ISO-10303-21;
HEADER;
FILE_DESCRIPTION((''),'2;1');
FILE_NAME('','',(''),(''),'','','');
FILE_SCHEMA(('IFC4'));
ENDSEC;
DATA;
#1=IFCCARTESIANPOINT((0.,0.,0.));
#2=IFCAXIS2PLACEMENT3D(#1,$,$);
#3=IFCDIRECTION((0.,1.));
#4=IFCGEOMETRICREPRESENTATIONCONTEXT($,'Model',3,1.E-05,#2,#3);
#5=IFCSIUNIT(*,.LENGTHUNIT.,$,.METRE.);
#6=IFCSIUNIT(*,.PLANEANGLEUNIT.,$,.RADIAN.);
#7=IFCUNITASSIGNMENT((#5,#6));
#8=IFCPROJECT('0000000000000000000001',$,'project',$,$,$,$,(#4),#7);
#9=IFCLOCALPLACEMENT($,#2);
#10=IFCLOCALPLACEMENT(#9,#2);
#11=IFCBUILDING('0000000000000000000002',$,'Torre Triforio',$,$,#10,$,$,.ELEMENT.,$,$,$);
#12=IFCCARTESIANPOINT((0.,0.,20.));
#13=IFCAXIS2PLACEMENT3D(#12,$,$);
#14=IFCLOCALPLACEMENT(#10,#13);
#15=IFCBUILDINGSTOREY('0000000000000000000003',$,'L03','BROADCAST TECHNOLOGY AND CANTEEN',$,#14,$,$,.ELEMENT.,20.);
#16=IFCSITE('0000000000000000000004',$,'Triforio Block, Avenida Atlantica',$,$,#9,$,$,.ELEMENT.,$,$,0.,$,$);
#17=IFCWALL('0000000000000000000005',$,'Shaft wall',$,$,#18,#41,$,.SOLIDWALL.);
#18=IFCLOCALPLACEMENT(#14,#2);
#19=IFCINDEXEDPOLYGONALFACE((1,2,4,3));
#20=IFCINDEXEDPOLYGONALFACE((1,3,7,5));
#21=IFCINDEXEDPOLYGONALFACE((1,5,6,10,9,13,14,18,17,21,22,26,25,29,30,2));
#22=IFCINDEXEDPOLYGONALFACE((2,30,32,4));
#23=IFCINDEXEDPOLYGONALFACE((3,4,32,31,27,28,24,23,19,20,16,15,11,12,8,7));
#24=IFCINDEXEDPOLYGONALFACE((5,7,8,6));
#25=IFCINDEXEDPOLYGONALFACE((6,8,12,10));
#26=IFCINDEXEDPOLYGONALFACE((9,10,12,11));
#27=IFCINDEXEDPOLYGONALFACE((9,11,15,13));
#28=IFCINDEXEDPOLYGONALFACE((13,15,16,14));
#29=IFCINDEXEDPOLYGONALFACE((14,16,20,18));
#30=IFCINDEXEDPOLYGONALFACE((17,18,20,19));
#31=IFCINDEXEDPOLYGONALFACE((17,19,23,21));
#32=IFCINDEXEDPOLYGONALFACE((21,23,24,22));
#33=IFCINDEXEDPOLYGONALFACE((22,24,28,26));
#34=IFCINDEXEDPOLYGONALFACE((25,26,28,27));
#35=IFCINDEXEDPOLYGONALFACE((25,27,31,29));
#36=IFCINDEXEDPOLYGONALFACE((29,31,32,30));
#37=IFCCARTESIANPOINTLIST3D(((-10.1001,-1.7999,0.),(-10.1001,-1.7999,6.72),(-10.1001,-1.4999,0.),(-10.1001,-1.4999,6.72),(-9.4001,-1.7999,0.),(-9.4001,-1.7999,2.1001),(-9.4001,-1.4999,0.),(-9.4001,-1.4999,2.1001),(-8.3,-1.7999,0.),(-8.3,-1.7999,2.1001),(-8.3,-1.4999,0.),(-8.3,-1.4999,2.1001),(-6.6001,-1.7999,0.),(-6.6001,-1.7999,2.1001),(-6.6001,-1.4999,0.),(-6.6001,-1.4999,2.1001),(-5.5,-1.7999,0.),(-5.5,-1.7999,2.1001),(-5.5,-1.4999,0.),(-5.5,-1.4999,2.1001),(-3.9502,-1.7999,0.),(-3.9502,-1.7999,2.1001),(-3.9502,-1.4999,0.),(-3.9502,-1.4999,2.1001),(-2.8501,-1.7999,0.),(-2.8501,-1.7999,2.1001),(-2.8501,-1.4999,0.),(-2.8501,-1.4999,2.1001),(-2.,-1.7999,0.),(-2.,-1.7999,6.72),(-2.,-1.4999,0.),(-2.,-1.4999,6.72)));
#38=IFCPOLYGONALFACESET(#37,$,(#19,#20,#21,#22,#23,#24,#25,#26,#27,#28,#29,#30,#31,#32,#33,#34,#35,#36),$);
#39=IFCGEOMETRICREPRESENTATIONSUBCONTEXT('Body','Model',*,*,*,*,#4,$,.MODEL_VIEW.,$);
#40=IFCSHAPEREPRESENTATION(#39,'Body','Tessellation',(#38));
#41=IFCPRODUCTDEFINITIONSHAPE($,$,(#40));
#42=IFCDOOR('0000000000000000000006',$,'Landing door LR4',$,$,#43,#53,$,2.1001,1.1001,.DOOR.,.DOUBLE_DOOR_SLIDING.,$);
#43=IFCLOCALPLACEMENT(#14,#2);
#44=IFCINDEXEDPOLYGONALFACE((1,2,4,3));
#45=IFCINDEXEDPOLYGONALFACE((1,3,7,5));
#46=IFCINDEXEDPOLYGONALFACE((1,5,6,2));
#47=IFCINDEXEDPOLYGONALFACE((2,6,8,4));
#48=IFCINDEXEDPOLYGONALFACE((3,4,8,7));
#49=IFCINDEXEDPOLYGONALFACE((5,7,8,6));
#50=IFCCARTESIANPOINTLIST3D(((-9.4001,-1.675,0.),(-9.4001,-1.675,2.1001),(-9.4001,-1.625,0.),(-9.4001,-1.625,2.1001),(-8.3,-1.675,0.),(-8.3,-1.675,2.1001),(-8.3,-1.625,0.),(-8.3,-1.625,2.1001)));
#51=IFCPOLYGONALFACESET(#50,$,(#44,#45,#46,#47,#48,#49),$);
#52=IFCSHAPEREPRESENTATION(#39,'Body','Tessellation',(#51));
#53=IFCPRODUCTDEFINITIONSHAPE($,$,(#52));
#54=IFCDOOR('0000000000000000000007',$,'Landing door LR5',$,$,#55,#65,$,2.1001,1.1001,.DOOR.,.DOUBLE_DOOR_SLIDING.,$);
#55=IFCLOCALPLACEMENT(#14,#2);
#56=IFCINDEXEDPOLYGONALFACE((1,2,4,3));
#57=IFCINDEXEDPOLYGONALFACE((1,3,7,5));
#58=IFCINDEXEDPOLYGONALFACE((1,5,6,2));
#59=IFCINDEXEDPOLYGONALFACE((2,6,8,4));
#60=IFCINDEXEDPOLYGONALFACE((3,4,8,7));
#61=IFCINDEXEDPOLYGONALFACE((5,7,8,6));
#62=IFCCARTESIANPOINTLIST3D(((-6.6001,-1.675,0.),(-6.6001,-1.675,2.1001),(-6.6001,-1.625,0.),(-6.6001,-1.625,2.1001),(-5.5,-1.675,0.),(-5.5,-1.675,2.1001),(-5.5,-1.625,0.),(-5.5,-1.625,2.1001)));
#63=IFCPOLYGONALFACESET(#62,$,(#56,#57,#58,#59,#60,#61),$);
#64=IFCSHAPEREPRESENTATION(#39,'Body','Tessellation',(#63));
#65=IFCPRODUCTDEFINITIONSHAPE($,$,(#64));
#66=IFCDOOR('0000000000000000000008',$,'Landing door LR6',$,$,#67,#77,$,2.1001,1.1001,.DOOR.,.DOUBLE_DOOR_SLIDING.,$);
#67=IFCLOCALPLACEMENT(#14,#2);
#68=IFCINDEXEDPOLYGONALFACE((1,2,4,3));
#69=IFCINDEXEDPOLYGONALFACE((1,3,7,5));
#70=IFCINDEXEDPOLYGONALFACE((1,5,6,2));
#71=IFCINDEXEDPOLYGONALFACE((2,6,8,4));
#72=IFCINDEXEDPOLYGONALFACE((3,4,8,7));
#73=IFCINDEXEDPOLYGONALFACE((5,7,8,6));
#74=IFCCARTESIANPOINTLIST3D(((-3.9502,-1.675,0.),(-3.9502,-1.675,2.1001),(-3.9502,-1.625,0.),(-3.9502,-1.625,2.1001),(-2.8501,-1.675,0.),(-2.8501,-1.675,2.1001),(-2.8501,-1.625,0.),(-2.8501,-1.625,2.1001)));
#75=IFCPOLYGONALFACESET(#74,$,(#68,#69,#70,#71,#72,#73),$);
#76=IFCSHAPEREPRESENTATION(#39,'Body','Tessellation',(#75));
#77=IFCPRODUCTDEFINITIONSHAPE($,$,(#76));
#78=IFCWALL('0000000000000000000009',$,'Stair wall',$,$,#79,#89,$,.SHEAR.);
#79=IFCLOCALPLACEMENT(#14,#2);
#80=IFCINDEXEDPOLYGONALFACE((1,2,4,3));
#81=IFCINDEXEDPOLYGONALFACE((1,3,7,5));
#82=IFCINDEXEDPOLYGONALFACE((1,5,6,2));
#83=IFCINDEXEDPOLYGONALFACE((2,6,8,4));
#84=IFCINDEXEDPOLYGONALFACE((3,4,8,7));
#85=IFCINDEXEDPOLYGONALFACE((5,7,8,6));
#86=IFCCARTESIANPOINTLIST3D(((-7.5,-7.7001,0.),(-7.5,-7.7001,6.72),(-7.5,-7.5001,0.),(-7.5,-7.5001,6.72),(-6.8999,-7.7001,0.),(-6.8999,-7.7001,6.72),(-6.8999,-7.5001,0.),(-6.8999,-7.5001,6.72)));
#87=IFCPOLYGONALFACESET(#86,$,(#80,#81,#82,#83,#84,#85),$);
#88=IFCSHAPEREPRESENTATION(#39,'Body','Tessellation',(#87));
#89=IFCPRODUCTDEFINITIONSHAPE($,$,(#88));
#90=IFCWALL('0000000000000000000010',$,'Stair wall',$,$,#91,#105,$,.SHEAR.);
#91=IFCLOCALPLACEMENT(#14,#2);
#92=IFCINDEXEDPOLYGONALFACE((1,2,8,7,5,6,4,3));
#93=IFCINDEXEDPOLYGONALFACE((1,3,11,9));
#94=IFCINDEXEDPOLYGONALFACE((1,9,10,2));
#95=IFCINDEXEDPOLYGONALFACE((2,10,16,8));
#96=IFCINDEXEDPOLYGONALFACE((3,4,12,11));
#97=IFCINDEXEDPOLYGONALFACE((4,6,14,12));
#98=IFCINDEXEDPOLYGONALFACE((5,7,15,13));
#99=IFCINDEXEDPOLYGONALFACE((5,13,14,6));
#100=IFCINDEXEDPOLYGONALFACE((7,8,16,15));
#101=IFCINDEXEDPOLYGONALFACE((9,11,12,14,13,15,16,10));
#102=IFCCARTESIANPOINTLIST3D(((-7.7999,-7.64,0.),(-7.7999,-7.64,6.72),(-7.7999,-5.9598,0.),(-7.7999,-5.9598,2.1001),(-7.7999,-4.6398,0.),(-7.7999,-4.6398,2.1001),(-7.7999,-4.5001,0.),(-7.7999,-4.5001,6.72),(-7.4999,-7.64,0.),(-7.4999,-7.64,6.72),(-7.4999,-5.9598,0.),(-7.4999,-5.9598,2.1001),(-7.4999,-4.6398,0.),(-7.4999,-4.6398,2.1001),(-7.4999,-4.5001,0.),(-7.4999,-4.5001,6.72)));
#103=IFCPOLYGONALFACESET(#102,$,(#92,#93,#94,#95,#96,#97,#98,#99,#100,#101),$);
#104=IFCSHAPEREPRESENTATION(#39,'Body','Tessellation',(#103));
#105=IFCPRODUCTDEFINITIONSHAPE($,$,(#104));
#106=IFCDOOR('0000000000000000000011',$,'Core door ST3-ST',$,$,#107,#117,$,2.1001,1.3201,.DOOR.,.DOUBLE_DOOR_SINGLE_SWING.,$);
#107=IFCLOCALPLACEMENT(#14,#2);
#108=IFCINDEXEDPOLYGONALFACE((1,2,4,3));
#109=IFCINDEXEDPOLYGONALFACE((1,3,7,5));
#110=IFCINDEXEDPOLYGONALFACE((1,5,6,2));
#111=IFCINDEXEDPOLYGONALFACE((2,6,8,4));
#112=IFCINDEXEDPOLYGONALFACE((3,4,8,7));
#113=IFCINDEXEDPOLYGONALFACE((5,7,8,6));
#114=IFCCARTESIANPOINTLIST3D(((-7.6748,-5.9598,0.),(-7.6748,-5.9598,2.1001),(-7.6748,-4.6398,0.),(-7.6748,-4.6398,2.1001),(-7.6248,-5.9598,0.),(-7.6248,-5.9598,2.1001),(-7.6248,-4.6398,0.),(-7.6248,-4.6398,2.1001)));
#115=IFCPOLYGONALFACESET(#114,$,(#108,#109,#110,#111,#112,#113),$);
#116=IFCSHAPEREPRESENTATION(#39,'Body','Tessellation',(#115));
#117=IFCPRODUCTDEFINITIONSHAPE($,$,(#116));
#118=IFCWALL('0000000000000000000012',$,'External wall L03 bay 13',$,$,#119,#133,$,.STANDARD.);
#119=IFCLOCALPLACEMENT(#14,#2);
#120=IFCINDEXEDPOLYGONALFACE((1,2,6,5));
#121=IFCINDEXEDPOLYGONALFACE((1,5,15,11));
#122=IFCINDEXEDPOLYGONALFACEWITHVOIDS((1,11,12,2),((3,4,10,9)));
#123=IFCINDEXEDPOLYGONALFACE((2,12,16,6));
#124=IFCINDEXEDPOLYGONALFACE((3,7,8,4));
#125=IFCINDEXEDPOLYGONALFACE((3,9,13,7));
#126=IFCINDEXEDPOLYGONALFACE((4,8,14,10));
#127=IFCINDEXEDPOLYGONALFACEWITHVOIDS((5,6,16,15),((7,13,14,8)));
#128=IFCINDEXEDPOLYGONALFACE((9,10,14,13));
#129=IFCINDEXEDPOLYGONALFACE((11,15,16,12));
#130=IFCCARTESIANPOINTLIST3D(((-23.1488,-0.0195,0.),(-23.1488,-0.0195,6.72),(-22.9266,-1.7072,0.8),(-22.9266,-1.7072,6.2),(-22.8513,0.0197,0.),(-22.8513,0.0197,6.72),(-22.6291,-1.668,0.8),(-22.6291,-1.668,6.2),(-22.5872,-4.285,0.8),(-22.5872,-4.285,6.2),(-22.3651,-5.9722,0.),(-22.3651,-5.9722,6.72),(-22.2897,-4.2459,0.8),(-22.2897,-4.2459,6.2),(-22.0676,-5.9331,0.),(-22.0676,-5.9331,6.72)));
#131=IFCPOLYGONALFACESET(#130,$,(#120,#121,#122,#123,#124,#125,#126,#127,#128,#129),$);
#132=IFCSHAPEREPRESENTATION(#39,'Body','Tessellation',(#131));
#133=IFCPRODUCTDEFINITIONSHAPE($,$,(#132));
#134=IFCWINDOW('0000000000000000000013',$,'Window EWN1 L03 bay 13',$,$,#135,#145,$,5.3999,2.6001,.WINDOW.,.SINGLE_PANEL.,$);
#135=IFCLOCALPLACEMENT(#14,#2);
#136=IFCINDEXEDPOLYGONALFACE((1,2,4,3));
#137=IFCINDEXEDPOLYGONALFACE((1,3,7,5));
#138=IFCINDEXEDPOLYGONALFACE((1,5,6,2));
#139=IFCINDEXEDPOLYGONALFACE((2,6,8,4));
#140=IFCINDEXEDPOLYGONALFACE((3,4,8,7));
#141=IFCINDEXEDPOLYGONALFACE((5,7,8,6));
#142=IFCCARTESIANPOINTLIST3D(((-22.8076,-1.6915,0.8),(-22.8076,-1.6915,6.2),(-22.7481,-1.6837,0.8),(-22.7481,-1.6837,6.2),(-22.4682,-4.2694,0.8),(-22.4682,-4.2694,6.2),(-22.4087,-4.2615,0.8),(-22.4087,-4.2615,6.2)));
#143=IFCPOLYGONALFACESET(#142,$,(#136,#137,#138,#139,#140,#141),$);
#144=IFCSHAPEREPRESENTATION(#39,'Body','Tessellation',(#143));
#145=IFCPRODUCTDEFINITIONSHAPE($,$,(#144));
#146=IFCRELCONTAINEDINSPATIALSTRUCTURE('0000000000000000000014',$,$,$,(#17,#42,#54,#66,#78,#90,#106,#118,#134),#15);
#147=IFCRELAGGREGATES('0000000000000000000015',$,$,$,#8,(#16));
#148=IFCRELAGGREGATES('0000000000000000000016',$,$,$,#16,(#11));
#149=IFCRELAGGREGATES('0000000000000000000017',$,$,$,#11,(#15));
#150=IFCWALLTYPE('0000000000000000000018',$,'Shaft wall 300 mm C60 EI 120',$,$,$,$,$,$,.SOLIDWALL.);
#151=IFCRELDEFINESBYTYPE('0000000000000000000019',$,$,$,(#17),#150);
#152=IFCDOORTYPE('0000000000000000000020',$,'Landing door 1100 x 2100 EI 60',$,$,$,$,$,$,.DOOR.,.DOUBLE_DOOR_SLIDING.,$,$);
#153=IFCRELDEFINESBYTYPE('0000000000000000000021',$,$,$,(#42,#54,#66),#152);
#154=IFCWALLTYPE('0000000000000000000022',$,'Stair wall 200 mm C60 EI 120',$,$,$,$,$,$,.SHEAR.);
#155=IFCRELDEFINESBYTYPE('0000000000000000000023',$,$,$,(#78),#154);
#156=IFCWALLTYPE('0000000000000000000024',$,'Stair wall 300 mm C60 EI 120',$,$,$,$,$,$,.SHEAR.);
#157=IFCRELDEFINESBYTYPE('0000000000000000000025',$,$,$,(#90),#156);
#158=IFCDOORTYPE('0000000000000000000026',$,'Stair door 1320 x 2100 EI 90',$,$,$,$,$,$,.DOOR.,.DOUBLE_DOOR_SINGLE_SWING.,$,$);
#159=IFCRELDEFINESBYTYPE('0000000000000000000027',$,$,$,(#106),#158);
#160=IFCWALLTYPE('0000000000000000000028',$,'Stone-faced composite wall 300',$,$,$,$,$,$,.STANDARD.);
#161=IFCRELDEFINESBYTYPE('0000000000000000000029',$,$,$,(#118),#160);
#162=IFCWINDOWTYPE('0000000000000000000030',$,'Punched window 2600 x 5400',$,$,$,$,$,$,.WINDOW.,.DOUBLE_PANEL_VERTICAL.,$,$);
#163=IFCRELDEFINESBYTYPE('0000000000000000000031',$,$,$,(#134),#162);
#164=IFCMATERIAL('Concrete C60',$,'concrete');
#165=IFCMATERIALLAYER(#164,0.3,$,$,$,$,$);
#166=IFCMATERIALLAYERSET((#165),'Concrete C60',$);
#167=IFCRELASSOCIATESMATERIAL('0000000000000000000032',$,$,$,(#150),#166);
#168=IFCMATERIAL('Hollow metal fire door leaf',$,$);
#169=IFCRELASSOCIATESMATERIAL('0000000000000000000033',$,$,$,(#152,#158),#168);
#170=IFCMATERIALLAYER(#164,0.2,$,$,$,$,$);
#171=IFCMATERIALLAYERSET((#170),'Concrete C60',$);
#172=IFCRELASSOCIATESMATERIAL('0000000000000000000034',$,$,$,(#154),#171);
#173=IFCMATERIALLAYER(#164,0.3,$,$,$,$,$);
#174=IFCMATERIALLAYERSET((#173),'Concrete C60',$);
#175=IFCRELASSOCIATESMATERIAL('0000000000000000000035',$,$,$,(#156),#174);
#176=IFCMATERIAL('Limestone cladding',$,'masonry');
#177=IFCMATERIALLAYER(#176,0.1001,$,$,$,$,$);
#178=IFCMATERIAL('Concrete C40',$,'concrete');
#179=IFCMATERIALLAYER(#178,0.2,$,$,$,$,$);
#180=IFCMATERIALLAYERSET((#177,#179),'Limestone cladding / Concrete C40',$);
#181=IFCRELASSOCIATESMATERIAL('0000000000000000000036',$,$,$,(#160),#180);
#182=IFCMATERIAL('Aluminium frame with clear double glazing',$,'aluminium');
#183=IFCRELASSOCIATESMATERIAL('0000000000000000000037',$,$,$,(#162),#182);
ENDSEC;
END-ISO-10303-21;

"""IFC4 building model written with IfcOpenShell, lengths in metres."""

from ifc_helpers import new_model, si_unit, direction, frame, frame_2d, origin, place, context, subcontext, project, spatial, rectangle, extrude, material, layer, layer_set, type_object, element, fill, save


model = new_model("IFC4")

# Units and contexts
model_context = context("Model", 3, precision=1e-05, world=origin(), true_north=direction((0.0, 1.0)))
body_context = subcontext(model_context, "Body", "Model", "MODEL_VIEW")
ifc_project = project(units=[si_unit("LENGTHUNIT", "METRE"), si_unit("PLANEANGLEUNIT", "RADIAN")], contexts=[model_context])

# Site, building, storey
site_placement = place(None, origin())
site = spatial("IfcSite", under=ifc_project, at=site_placement, Name="Triforio Block, Avenida Atlantica", CompositionType="ELEMENT", RefElevation=0.0)
building_placement = place(site_placement, origin())
building = spatial("IfcBuilding", under=site, at=building_placement, Name="Torre Triforio", CompositionType="ELEMENT")
storey_placement = place(building_placement, frame((0.0, 0.0, 20.0)))
storey = spatial("IfcBuildingStorey", under=building, at=storey_placement, Name="L03", Description="BROADCAST TECHNOLOGY AND CANTEEN", CompositionType="ELEMENT", Elevation=20.0)

# Shared definitions
ifc_material_1 = material(Name="Concrete C60", Category="concrete")
ifc_material_2 = material(Name="Hollow metal fire door leaf")

# Shared definitions
ifc_material_3 = material(Name="Limestone cladding", Category="masonry")
ifc_material_4 = material(Name="Concrete C40", Category="concrete")
ifc_layer_1 = layer(ifc_material_1, 0.3)
ifc_layer_set_1 = layer_set([ifc_layer_1], Name="Concrete C60")
wall_type_1 = type_object("IfcWallType", Name="Shaft wall 300 mm C60 EI 120", PredefinedType="SOLIDWALL", material=ifc_layer_set_1)

# Wall, openings, doors
wall_1_placement = place(storey_placement, frame((-10.1001, -1.6499, 0.0), z_axis=(0.0, 0.0, 1.0), x_axis=(1.0, 0.0, 0.0)))
wall_1 = element("IfcWall", 1, at=wall_1_placement, inside=storey, type_object=wall_type_1, Name="Shaft wall", PredefinedType="SOLIDWALL", context=body_context, shape_type="SweptSolid", body=[
    extrude(rectangle(XDim=8.1001, YDim=0.3, at=frame_2d((4.05, 0.0))), origin(), (0.0, 0.0, 1.0), 6.72),
])
opening_1_placement = place(wall_1_placement, frame((0.7, 0.0, 0.0)))
opening_1 = element("IfcOpeningElement", 2, at=opening_1_placement, cuts=wall_1, PredefinedType="OPENING", context=body_context, shape_type="SweptSolid", body=[
    extrude(rectangle(XDim=1.1001, YDim=2.1001, at=frame_2d((0.55, 1.05))), frame((0.0, 0.1599, 0.0), z_axis=(0.0, -1.0, 0.0), x_axis=(1.0, 0.0, 0.0)), (0.0, 0.0, 1.0), 0.3201),
])
opening_2_placement = place(wall_1_placement, frame((3.5, 0.0, 0.0)))
opening_2 = element("IfcOpeningElement", 3, at=opening_2_placement, cuts=wall_1, PredefinedType="OPENING", context=body_context, shape_type="SweptSolid", body=[
    extrude(rectangle(XDim=1.1001, YDim=2.1001, at=frame_2d((0.55, 1.05))), frame((0.0, 0.1599, 0.0), z_axis=(0.0, -1.0, 0.0), x_axis=(1.0, 0.0, 0.0)), (0.0, 0.0, 1.0), 0.3201),
])
opening_3_placement = place(wall_1_placement, frame((6.1499, 0.0, 0.0)))
opening_3 = element("IfcOpeningElement", 4, at=opening_3_placement, cuts=wall_1, PredefinedType="OPENING", context=body_context, shape_type="SweptSolid", body=[
    extrude(rectangle(XDim=1.1001, YDim=2.1001, at=frame_2d((0.55, 1.05))), frame((0.0, 0.1599, 0.0), z_axis=(0.0, -1.0, 0.0), x_axis=(1.0, 0.0, 0.0)), (0.0, 0.0, 1.0), 0.3201),
])
door_type_1 = type_object("IfcDoorType", Name="Landing door 1100 x 2100 EI 60", OperationType="DOUBLE_DOOR_SLIDING", PredefinedType="DOOR", material=ifc_material_2)
door_1_placement = place(opening_1_placement, origin())
door_1 = element("IfcDoor", 5, at=door_1_placement, inside=storey, type_object=door_type_1, Name="Landing door LR4", OperationType="DOUBLE_DOOR_SLIDING", OverallHeight=2.1001, OverallWidth=1.1001, PredefinedType="DOOR", context=body_context, shape_type="SweptSolid", body=[
    extrude(rectangle(XDim=1.1001, YDim=2.1001, at=frame_2d((0.55, 1.05))), frame((0.0, 0.0249, 0.0), z_axis=(0.0, -1.0, 0.0), x_axis=(1.0, 0.0, 0.0)), (0.0, 0.0, 1.0), 0.05),
])
fill(opening_1, door_1)
door_2_placement = place(opening_2_placement, origin())
door_2 = element("IfcDoor", 6, at=door_2_placement, inside=storey, type_object=door_type_1, Name="Landing door LR5", OperationType="DOUBLE_DOOR_SLIDING", OverallHeight=2.1001, OverallWidth=1.1001, PredefinedType="DOOR", context=body_context, shape_type="SweptSolid", body=[
    extrude(rectangle(XDim=1.1001, YDim=2.1001, at=frame_2d((0.55, 1.05))), frame((0.0, 0.0249, 0.0), z_axis=(0.0, -1.0, 0.0), x_axis=(1.0, 0.0, 0.0)), (0.0, 0.0, 1.0), 0.05),
])
fill(opening_2, door_2)
door_3_placement = place(opening_3_placement, origin())
door_3 = element("IfcDoor", 7, at=door_3_placement, inside=storey, type_object=door_type_1, Name="Landing door LR6", OperationType="DOUBLE_DOOR_SLIDING", OverallHeight=2.1001, OverallWidth=1.1001, PredefinedType="DOOR", context=body_context, shape_type="SweptSolid", body=[
    extrude(rectangle(XDim=1.1001, YDim=2.1001, at=frame_2d((0.55, 1.05))), frame((0.0, 0.0249, 0.0), z_axis=(0.0, -1.0, 0.0), x_axis=(1.0, 0.0, 0.0)), (0.0, 0.0, 1.0), 0.05),
])
fill(opening_3, door_3)

# Wall
ifc_layer_2 = layer(ifc_material_1, 0.2)
ifc_layer_set_2 = layer_set([ifc_layer_2], Name="Concrete C60")
wall_type_2 = type_object("IfcWallType", Name="Stair wall 200 mm C60 EI 120", PredefinedType="SHEAR", material=ifc_layer_set_2)
wall_2_placement = place(storey_placement, frame((-7.5, -7.6001, 0.0), z_axis=(0.0, 0.0, 1.0), x_axis=(1.0, 0.0, 0.0)))
element("IfcWall", 8, at=wall_2_placement, inside=storey, type_object=wall_type_2, Name="Stair wall", PredefinedType="SHEAR", context=body_context, shape_type="SweptSolid", body=[
    extrude(rectangle(XDim=0.6001, YDim=0.2, at=frame_2d((0.3, 0.0))), origin(), (0.0, 0.0, 1.0), 6.72),
])

# Wall, opening, door
ifc_layer_3 = layer(ifc_material_1, 0.3)
ifc_layer_set_3 = layer_set([ifc_layer_3], Name="Concrete C60")
wall_type_3 = type_object("IfcWallType", Name="Stair wall 300 mm C60 EI 120", PredefinedType="SHEAR", material=ifc_layer_set_3)
wall_3_placement = place(storey_placement, frame((-7.6499, -7.6399, 0.0), z_axis=(0.0, 0.0, 1.0), x_axis=(0.0, 1.0, 0.0)))
wall_3 = element("IfcWall", 9, at=wall_3_placement, inside=storey, type_object=wall_type_3, Name="Stair wall", PredefinedType="SHEAR", context=body_context, shape_type="SweptSolid", body=[
    extrude(rectangle(XDim=3.1399, YDim=0.3, at=frame_2d((1.5698, 0.0))), origin(), (0.0, 0.0, 1.0), 6.72),
])
opening_4_placement = place(wall_3_placement, frame((1.6799, 0.0, 0.0)))
opening_4 = element("IfcOpeningElement", 10, at=opening_4_placement, cuts=wall_3, PredefinedType="OPENING", context=body_context, shape_type="SweptSolid", body=[
    extrude(rectangle(XDim=1.3201, YDim=2.1001, at=frame_2d((0.6602, 1.05))), frame((0.0, 0.1599, 0.0), z_axis=(0.0, -1.0, 0.0), x_axis=(1.0, 0.0, 0.0)), (0.0, 0.0, 1.0), 0.3201),
])
door_type_2 = type_object("IfcDoorType", Name="Stair door 1320 x 2100 EI 90", OperationType="DOUBLE_DOOR_SINGLE_SWING", PredefinedType="DOOR", material=ifc_material_2)
door_4_placement = place(opening_4_placement, origin())
door_4 = element("IfcDoor", 11, at=door_4_placement, inside=storey, type_object=door_type_2, Name="Core door ST3-ST", OperationType="DOUBLE_DOOR_SINGLE_SWING", OverallHeight=2.1001, OverallWidth=1.3201, PredefinedType="DOOR", context=body_context, shape_type="SweptSolid", body=[
    extrude(rectangle(XDim=1.3201, YDim=2.1001, at=frame_2d((0.6602, 1.05))), frame((0.0, 0.0249, 0.0), z_axis=(0.0, -1.0, 0.0), x_axis=(1.0, 0.0, 0.0)), (0.0, 0.0, 1.0), 0.05),
])
fill(opening_4, door_4)

# Wall, opening, window
ifc_layer_4 = layer(ifc_material_3, 0.1001)
ifc_layer_5 = layer(ifc_material_4, 0.2)
ifc_layer_set_4 = layer_set([ifc_layer_4, ifc_layer_5], Name="Limestone cladding / Concrete C40")
wall_type_4 = type_object("IfcWallType", Name="Stone-faced composite wall 300", PredefinedType="STANDARD", material=ifc_layer_set_4)
wall_4_placement = place(storey_placement, frame((-23.0, 0.0, 0.0), z_axis=(0.0, 0.0, 1.0), x_axis=(0.130523, -0.991445, 0.0)))
wall_4 = element("IfcWall", 12, at=wall_4_placement, inside=storey, type_object=wall_type_4, Name="External wall L03 bay 13", PredefinedType="STANDARD", context=body_context, shape_type="SweptSolid", body=[
    extrude(rectangle(XDim=6.0042, YDim=0.3, at=frame_2d((3.002, 0.0))), origin(), (0.0, 0.0, 1.0), 6.72),
])
opening_5_placement = place(wall_4_placement, frame((1.7021, 0.0, 0.8)))
opening_5 = element("IfcOpeningElement", 13, at=opening_5_placement, cuts=wall_4, PredefinedType="OPENING", context=body_context, shape_type="SweptSolid", body=[
    extrude(rectangle(XDim=2.6001, YDim=5.3999, at=frame_2d((1.3, 2.7))), frame((0.0, 0.1599, 0.0), z_axis=(0.0, -1.0, 0.0), x_axis=(1.0, 0.0, 0.0)), (0.0, 0.0, 1.0), 0.3201),
])
ifc_material_5 = material(Name="Aluminium frame with clear double glazing", Category="aluminium")
window_type = type_object("IfcWindowType", Name="Punched window 2600 x 5400", PartitioningType="DOUBLE_PANEL_VERTICAL", PredefinedType="WINDOW", material=ifc_material_5)
window_1_placement = place(opening_5_placement, origin())
window_1 = element("IfcWindow", 14, at=window_1_placement, inside=storey, type_object=window_type, Name="Window EWN1 L03 bay 13", OverallHeight=5.3999, OverallWidth=2.6001, PartitioningType="SINGLE_PANEL", PredefinedType="WINDOW", context=body_context, shape_type="SweptSolid", body=[
    extrude(rectangle(XDim=2.6001, YDim=5.3999, at=frame_2d((1.3, 2.7))), frame((0.0, 0.03, 0.0), z_axis=(0.0, -1.0, 0.0), x_axis=(1.0, 0.0, 0.0)), (0.0, 0.0, 1.0), 0.0601),
])
fill(opening_5, window_1)

save(model, "model.ifc")
